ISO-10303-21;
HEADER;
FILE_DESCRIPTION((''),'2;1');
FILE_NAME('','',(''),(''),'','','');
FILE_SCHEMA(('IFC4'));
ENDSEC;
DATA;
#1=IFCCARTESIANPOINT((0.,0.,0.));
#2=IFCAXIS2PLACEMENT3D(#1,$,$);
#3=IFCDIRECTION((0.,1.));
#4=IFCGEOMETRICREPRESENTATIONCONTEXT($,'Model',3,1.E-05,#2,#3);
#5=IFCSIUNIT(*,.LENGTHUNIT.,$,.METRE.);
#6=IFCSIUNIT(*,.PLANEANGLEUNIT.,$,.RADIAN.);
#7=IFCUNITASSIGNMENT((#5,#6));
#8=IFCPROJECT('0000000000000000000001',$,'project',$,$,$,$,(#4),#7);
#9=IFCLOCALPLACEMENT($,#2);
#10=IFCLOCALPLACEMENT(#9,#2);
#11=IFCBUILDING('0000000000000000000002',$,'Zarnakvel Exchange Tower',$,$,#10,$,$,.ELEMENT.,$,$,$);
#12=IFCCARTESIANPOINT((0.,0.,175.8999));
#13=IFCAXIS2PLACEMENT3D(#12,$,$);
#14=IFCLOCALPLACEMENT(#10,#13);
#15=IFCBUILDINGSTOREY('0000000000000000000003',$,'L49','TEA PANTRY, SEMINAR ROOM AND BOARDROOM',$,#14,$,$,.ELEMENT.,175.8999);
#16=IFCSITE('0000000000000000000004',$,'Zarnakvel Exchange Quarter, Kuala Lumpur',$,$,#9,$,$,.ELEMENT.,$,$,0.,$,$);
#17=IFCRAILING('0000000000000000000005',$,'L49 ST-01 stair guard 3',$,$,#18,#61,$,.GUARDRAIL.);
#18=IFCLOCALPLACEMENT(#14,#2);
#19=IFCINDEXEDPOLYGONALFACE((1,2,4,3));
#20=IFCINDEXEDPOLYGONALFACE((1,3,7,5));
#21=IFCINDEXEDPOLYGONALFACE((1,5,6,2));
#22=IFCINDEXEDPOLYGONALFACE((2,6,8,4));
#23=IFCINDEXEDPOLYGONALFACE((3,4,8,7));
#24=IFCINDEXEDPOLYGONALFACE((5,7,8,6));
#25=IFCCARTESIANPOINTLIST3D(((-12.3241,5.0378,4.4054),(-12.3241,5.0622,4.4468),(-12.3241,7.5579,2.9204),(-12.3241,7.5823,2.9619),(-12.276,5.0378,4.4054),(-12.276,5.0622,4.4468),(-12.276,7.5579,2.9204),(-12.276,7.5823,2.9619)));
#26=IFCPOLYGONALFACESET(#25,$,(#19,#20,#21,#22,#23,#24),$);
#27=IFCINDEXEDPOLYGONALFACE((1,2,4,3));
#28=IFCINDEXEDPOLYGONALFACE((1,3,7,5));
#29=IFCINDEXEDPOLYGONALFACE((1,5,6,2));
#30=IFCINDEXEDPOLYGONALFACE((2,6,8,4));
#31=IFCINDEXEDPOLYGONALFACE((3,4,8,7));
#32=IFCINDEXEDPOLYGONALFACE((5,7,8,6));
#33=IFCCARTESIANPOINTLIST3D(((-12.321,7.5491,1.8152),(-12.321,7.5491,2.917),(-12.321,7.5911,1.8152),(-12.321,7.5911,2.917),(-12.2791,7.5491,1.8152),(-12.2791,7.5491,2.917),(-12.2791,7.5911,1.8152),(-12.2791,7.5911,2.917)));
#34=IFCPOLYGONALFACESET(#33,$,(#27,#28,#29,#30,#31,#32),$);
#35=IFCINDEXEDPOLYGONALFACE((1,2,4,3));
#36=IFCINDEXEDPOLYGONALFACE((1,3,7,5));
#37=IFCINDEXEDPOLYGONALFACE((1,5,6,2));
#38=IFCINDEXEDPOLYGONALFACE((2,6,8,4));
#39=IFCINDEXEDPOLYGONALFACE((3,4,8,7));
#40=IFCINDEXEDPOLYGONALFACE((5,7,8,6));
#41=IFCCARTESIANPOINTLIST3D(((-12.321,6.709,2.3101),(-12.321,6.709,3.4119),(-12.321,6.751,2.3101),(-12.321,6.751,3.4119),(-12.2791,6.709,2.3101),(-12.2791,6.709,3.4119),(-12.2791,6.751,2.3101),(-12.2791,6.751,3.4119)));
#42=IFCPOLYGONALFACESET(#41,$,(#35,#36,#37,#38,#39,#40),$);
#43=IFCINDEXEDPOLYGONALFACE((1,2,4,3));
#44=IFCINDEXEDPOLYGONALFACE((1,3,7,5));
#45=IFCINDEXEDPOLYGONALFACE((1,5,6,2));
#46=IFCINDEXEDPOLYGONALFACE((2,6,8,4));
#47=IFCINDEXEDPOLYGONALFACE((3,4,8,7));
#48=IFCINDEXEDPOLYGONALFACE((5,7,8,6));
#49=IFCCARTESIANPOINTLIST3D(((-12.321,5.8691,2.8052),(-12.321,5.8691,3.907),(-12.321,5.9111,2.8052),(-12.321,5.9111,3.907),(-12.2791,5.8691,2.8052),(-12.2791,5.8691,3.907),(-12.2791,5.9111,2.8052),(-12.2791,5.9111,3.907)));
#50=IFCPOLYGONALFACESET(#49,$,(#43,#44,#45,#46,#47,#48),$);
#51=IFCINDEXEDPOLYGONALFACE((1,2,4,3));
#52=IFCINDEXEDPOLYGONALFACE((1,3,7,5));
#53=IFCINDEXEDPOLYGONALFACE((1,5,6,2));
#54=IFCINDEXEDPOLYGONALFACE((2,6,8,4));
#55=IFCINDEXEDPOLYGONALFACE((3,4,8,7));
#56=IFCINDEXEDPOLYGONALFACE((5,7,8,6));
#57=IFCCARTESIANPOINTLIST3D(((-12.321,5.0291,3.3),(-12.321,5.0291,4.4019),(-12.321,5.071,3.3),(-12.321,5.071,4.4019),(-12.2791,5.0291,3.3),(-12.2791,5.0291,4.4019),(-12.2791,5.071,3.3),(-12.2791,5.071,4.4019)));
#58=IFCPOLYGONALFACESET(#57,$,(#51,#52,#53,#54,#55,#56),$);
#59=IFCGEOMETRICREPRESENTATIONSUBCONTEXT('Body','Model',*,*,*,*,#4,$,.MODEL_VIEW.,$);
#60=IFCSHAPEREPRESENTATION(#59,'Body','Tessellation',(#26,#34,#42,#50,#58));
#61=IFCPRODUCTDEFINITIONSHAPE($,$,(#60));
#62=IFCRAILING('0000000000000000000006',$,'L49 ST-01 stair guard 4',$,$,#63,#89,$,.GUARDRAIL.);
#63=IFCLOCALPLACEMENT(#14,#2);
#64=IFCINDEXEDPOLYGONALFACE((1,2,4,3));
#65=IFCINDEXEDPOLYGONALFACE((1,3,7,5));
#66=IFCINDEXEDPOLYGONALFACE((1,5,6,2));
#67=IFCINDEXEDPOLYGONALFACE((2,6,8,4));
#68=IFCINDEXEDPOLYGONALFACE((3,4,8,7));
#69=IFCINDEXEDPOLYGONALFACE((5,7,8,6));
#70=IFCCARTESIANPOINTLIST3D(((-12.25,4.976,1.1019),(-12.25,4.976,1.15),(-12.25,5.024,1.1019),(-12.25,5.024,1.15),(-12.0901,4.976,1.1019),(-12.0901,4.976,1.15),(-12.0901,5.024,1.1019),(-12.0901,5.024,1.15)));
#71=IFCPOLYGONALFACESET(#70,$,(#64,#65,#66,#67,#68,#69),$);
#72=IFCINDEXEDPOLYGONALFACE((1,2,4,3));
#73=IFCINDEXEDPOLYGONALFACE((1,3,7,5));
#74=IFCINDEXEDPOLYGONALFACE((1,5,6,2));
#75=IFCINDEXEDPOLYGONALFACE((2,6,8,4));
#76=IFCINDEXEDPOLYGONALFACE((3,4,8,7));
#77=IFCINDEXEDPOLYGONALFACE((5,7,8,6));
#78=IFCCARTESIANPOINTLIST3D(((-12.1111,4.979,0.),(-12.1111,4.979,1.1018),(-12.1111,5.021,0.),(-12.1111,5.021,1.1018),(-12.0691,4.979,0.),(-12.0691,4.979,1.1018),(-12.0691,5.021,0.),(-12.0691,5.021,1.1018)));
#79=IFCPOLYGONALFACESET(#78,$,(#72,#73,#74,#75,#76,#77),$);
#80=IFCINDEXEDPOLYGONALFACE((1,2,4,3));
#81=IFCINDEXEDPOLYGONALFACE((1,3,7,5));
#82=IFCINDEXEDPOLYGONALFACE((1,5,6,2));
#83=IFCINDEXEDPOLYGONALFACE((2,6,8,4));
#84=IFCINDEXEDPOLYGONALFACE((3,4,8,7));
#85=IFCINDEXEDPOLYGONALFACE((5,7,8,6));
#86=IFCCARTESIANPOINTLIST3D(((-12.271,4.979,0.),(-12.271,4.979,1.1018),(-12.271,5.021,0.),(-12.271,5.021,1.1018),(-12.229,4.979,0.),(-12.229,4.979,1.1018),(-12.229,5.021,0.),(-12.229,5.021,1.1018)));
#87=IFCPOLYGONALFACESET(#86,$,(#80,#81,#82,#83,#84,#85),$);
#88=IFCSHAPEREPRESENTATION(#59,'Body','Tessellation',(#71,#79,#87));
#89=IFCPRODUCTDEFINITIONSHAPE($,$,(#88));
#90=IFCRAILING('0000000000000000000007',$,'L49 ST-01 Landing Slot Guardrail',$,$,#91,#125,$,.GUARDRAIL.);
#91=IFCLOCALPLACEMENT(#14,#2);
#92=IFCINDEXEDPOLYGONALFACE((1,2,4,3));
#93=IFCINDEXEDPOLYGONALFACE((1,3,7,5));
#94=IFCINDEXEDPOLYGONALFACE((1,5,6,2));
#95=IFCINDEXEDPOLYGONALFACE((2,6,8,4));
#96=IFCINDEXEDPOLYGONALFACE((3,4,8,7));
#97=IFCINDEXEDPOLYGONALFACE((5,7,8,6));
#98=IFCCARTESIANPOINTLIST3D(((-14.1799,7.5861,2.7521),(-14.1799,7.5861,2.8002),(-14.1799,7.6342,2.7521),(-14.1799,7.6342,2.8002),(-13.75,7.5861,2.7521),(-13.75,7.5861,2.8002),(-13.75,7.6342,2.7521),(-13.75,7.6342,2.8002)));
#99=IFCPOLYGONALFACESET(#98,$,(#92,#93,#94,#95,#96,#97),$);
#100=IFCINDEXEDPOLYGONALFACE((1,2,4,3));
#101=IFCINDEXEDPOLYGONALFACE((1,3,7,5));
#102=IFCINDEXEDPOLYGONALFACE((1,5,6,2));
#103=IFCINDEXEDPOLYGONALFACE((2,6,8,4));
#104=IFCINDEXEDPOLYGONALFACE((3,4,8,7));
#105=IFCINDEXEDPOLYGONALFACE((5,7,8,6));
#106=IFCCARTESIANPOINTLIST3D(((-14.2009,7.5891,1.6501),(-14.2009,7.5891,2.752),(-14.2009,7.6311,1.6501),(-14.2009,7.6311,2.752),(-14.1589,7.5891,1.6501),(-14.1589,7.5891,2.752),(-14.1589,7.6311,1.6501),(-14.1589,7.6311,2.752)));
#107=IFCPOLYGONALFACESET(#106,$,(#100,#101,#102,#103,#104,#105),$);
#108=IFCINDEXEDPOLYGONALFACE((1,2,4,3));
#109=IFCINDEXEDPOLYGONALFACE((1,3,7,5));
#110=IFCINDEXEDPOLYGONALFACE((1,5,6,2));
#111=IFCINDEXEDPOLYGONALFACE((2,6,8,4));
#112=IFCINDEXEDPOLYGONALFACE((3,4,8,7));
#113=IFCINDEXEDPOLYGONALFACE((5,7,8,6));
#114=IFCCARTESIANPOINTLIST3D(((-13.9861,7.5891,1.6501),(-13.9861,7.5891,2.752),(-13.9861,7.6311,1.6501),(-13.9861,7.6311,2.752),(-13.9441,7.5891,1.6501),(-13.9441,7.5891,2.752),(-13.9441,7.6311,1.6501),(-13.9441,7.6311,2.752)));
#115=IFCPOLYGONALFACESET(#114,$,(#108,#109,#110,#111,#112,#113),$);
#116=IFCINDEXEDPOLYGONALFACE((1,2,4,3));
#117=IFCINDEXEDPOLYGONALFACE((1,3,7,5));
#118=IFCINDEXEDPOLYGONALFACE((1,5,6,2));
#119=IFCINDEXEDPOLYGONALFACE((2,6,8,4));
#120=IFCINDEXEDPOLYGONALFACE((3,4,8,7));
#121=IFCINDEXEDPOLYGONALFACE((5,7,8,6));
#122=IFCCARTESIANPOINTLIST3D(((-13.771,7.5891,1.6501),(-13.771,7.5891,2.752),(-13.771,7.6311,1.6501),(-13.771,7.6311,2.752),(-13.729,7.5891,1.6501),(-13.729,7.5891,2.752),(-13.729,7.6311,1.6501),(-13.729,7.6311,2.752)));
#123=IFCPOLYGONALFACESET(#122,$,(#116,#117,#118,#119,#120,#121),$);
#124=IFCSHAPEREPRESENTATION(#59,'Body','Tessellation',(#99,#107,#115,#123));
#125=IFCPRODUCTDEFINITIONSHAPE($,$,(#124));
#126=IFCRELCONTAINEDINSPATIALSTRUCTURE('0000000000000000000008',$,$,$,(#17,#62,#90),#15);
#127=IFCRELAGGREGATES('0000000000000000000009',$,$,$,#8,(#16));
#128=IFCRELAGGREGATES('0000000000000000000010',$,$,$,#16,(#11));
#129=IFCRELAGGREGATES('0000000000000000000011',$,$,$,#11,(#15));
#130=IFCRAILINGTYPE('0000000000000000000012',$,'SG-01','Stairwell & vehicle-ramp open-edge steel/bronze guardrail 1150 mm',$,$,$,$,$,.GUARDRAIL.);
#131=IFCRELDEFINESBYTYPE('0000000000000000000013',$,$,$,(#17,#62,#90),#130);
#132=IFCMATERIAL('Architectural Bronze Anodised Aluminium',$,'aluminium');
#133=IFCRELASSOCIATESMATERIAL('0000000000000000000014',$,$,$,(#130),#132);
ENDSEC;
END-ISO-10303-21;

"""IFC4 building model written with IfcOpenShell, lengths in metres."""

from ifc_helpers import new_model, si_unit, direction, frame, origin, origin_2d, place, context, subcontext, project, spatial, rectangle, extrude, material, type_object, element, save


model = new_model("IFC4")

# Units and contexts
model_context = context("Model", 3, precision=1e-05, world=origin(), true_north=direction((0.0, 1.0)))
body_context = subcontext(model_context, "Body", "Model", "MODEL_VIEW")
ifc_project = project(units=[si_unit("LENGTHUNIT", "METRE"), si_unit("PLANEANGLEUNIT", "RADIAN")], contexts=[model_context])

# Site, building, storey
site_placement = place(None, origin())
site = spatial("IfcSite", under=ifc_project, at=site_placement, Name="Zarnakvel Exchange Quarter, Kuala Lumpur", CompositionType="ELEMENT", RefElevation=0.0)
building_placement = place(site_placement, origin())
building = spatial("IfcBuilding", under=site, at=building_placement, Name="Zarnakvel Exchange Tower", CompositionType="ELEMENT")
storey_placement = place(building_placement, frame((0.0, 0.0, 175.8999)))
storey = spatial("IfcBuildingStorey", under=building, at=storey_placement, Name="L49", Description="TEA PANTRY, SEMINAR ROOM AND BOARDROOM", CompositionType="ELEMENT", Elevation=175.8999)

# Shared definitions
ifc_material_1 = material(Name="Architectural Bronze Anodised Aluminium", Category="aluminium")

# Railings
railing_type_1 = type_object("IfcRailingType", Name="SG-01", Description="Stairwell & vehicle-ramp open-edge steel/bronze guardrail 1150 mm", PredefinedType="GUARDRAIL", material=ifc_material_1)
railing_1_placement = place(storey_placement, frame((-12.3, 7.5701, 1.8152)))
element("IfcRailing", 1, at=railing_1_placement, inside=storey, type_object=railing_type_1, Name="L49 ST-01 stair guard 3", PredefinedType="GUARDRAIL", context=body_context, shape_type="SweptSolid", body=[
    extrude(rectangle(XDim=0.0481, YDim=0.0481, at=origin_2d()), frame((0.0, 0.0, 1.126), z_axis=(0.0, -0.861561, 0.507655), x_axis=(1.0, 0.0, 0.0)), (0.0, 0.0, 1.0), 2.925),
    extrude(rectangle(XDim=0.042, YDim=0.042, at=origin_2d()), origin(), (0.0, 0.0, 1.0), 1.1018),
    extrude(rectangle(XDim=0.042, YDim=0.042, at=origin_2d()), frame((0.0, -0.8401, 0.4949)), (0.0, 0.0, 1.0), 1.1018),
    extrude(rectangle(XDim=0.042, YDim=0.042, at=origin_2d()), frame((0.0, -1.6799, 0.99)), (0.0, 0.0, 1.0), 1.1018),
    extrude(rectangle(XDim=0.042, YDim=0.042, at=origin_2d()), frame((0.0, -2.52, 1.4849)), (0.0, 0.0, 1.0), 1.1018),
])
railing_2_placement = place(storey_placement, frame((-12.0901, 5.0, 0.0)))
element("IfcRailing", 2, at=railing_2_placement, inside=storey, type_object=railing_type_1, Name="L49 ST-01 stair guard 4", PredefinedType="GUARDRAIL", context=body_context, shape_type="SweptSolid", body=[
    extrude(rectangle(XDim=0.0481, YDim=0.0481, at=origin_2d()), frame((0.0, 0.0, 1.126), z_axis=(-1.0, 0.0, 0.0), x_axis=(0.0, -1.0, 0.0)), (0.0, 0.0, 1.0), 0.1599),
    extrude(rectangle(XDim=0.042, YDim=0.042, at=origin_2d()), origin(), (0.0, 0.0, 1.0), 1.1018),
    extrude(rectangle(XDim=0.042, YDim=0.042, at=origin_2d()), frame((-0.1599, 0.0, 0.0)), (0.0, 0.0, 1.0), 1.1018),
])
railing_3_placement = place(storey_placement, frame((-14.1799, 7.6101, 1.6501)))
element("IfcRailing", 3, at=railing_3_placement, inside=storey, type_object=railing_type_1, Name="L49 ST-01 Landing Slot Guardrail", PredefinedType="GUARDRAIL", context=body_context, shape_type="SweptSolid", body=[
    extrude(rectangle(XDim=0.0481, YDim=0.0481, at=origin_2d()), frame((0.0, 0.0, 1.126), z_axis=(1.0, 0.0, 0.0), x_axis=(0.0, 1.0, 0.0)), (0.0, 0.0, 1.0), 0.4299),
    extrude(rectangle(XDim=0.042, YDim=0.042, at=origin_2d()), origin(), (0.0, 0.0, 1.0), 1.1018),
    extrude(rectangle(XDim=0.042, YDim=0.042, at=origin_2d()), frame((0.2148, 0.0, 0.0)), (0.0, 0.0, 1.0), 1.1018),
    extrude(rectangle(XDim=0.042, YDim=0.042, at=origin_2d()), frame((0.4299, 0.0, 0.0)), (0.0, 0.0, 1.0), 1.1018),
])

save(model, "model.ifc")
